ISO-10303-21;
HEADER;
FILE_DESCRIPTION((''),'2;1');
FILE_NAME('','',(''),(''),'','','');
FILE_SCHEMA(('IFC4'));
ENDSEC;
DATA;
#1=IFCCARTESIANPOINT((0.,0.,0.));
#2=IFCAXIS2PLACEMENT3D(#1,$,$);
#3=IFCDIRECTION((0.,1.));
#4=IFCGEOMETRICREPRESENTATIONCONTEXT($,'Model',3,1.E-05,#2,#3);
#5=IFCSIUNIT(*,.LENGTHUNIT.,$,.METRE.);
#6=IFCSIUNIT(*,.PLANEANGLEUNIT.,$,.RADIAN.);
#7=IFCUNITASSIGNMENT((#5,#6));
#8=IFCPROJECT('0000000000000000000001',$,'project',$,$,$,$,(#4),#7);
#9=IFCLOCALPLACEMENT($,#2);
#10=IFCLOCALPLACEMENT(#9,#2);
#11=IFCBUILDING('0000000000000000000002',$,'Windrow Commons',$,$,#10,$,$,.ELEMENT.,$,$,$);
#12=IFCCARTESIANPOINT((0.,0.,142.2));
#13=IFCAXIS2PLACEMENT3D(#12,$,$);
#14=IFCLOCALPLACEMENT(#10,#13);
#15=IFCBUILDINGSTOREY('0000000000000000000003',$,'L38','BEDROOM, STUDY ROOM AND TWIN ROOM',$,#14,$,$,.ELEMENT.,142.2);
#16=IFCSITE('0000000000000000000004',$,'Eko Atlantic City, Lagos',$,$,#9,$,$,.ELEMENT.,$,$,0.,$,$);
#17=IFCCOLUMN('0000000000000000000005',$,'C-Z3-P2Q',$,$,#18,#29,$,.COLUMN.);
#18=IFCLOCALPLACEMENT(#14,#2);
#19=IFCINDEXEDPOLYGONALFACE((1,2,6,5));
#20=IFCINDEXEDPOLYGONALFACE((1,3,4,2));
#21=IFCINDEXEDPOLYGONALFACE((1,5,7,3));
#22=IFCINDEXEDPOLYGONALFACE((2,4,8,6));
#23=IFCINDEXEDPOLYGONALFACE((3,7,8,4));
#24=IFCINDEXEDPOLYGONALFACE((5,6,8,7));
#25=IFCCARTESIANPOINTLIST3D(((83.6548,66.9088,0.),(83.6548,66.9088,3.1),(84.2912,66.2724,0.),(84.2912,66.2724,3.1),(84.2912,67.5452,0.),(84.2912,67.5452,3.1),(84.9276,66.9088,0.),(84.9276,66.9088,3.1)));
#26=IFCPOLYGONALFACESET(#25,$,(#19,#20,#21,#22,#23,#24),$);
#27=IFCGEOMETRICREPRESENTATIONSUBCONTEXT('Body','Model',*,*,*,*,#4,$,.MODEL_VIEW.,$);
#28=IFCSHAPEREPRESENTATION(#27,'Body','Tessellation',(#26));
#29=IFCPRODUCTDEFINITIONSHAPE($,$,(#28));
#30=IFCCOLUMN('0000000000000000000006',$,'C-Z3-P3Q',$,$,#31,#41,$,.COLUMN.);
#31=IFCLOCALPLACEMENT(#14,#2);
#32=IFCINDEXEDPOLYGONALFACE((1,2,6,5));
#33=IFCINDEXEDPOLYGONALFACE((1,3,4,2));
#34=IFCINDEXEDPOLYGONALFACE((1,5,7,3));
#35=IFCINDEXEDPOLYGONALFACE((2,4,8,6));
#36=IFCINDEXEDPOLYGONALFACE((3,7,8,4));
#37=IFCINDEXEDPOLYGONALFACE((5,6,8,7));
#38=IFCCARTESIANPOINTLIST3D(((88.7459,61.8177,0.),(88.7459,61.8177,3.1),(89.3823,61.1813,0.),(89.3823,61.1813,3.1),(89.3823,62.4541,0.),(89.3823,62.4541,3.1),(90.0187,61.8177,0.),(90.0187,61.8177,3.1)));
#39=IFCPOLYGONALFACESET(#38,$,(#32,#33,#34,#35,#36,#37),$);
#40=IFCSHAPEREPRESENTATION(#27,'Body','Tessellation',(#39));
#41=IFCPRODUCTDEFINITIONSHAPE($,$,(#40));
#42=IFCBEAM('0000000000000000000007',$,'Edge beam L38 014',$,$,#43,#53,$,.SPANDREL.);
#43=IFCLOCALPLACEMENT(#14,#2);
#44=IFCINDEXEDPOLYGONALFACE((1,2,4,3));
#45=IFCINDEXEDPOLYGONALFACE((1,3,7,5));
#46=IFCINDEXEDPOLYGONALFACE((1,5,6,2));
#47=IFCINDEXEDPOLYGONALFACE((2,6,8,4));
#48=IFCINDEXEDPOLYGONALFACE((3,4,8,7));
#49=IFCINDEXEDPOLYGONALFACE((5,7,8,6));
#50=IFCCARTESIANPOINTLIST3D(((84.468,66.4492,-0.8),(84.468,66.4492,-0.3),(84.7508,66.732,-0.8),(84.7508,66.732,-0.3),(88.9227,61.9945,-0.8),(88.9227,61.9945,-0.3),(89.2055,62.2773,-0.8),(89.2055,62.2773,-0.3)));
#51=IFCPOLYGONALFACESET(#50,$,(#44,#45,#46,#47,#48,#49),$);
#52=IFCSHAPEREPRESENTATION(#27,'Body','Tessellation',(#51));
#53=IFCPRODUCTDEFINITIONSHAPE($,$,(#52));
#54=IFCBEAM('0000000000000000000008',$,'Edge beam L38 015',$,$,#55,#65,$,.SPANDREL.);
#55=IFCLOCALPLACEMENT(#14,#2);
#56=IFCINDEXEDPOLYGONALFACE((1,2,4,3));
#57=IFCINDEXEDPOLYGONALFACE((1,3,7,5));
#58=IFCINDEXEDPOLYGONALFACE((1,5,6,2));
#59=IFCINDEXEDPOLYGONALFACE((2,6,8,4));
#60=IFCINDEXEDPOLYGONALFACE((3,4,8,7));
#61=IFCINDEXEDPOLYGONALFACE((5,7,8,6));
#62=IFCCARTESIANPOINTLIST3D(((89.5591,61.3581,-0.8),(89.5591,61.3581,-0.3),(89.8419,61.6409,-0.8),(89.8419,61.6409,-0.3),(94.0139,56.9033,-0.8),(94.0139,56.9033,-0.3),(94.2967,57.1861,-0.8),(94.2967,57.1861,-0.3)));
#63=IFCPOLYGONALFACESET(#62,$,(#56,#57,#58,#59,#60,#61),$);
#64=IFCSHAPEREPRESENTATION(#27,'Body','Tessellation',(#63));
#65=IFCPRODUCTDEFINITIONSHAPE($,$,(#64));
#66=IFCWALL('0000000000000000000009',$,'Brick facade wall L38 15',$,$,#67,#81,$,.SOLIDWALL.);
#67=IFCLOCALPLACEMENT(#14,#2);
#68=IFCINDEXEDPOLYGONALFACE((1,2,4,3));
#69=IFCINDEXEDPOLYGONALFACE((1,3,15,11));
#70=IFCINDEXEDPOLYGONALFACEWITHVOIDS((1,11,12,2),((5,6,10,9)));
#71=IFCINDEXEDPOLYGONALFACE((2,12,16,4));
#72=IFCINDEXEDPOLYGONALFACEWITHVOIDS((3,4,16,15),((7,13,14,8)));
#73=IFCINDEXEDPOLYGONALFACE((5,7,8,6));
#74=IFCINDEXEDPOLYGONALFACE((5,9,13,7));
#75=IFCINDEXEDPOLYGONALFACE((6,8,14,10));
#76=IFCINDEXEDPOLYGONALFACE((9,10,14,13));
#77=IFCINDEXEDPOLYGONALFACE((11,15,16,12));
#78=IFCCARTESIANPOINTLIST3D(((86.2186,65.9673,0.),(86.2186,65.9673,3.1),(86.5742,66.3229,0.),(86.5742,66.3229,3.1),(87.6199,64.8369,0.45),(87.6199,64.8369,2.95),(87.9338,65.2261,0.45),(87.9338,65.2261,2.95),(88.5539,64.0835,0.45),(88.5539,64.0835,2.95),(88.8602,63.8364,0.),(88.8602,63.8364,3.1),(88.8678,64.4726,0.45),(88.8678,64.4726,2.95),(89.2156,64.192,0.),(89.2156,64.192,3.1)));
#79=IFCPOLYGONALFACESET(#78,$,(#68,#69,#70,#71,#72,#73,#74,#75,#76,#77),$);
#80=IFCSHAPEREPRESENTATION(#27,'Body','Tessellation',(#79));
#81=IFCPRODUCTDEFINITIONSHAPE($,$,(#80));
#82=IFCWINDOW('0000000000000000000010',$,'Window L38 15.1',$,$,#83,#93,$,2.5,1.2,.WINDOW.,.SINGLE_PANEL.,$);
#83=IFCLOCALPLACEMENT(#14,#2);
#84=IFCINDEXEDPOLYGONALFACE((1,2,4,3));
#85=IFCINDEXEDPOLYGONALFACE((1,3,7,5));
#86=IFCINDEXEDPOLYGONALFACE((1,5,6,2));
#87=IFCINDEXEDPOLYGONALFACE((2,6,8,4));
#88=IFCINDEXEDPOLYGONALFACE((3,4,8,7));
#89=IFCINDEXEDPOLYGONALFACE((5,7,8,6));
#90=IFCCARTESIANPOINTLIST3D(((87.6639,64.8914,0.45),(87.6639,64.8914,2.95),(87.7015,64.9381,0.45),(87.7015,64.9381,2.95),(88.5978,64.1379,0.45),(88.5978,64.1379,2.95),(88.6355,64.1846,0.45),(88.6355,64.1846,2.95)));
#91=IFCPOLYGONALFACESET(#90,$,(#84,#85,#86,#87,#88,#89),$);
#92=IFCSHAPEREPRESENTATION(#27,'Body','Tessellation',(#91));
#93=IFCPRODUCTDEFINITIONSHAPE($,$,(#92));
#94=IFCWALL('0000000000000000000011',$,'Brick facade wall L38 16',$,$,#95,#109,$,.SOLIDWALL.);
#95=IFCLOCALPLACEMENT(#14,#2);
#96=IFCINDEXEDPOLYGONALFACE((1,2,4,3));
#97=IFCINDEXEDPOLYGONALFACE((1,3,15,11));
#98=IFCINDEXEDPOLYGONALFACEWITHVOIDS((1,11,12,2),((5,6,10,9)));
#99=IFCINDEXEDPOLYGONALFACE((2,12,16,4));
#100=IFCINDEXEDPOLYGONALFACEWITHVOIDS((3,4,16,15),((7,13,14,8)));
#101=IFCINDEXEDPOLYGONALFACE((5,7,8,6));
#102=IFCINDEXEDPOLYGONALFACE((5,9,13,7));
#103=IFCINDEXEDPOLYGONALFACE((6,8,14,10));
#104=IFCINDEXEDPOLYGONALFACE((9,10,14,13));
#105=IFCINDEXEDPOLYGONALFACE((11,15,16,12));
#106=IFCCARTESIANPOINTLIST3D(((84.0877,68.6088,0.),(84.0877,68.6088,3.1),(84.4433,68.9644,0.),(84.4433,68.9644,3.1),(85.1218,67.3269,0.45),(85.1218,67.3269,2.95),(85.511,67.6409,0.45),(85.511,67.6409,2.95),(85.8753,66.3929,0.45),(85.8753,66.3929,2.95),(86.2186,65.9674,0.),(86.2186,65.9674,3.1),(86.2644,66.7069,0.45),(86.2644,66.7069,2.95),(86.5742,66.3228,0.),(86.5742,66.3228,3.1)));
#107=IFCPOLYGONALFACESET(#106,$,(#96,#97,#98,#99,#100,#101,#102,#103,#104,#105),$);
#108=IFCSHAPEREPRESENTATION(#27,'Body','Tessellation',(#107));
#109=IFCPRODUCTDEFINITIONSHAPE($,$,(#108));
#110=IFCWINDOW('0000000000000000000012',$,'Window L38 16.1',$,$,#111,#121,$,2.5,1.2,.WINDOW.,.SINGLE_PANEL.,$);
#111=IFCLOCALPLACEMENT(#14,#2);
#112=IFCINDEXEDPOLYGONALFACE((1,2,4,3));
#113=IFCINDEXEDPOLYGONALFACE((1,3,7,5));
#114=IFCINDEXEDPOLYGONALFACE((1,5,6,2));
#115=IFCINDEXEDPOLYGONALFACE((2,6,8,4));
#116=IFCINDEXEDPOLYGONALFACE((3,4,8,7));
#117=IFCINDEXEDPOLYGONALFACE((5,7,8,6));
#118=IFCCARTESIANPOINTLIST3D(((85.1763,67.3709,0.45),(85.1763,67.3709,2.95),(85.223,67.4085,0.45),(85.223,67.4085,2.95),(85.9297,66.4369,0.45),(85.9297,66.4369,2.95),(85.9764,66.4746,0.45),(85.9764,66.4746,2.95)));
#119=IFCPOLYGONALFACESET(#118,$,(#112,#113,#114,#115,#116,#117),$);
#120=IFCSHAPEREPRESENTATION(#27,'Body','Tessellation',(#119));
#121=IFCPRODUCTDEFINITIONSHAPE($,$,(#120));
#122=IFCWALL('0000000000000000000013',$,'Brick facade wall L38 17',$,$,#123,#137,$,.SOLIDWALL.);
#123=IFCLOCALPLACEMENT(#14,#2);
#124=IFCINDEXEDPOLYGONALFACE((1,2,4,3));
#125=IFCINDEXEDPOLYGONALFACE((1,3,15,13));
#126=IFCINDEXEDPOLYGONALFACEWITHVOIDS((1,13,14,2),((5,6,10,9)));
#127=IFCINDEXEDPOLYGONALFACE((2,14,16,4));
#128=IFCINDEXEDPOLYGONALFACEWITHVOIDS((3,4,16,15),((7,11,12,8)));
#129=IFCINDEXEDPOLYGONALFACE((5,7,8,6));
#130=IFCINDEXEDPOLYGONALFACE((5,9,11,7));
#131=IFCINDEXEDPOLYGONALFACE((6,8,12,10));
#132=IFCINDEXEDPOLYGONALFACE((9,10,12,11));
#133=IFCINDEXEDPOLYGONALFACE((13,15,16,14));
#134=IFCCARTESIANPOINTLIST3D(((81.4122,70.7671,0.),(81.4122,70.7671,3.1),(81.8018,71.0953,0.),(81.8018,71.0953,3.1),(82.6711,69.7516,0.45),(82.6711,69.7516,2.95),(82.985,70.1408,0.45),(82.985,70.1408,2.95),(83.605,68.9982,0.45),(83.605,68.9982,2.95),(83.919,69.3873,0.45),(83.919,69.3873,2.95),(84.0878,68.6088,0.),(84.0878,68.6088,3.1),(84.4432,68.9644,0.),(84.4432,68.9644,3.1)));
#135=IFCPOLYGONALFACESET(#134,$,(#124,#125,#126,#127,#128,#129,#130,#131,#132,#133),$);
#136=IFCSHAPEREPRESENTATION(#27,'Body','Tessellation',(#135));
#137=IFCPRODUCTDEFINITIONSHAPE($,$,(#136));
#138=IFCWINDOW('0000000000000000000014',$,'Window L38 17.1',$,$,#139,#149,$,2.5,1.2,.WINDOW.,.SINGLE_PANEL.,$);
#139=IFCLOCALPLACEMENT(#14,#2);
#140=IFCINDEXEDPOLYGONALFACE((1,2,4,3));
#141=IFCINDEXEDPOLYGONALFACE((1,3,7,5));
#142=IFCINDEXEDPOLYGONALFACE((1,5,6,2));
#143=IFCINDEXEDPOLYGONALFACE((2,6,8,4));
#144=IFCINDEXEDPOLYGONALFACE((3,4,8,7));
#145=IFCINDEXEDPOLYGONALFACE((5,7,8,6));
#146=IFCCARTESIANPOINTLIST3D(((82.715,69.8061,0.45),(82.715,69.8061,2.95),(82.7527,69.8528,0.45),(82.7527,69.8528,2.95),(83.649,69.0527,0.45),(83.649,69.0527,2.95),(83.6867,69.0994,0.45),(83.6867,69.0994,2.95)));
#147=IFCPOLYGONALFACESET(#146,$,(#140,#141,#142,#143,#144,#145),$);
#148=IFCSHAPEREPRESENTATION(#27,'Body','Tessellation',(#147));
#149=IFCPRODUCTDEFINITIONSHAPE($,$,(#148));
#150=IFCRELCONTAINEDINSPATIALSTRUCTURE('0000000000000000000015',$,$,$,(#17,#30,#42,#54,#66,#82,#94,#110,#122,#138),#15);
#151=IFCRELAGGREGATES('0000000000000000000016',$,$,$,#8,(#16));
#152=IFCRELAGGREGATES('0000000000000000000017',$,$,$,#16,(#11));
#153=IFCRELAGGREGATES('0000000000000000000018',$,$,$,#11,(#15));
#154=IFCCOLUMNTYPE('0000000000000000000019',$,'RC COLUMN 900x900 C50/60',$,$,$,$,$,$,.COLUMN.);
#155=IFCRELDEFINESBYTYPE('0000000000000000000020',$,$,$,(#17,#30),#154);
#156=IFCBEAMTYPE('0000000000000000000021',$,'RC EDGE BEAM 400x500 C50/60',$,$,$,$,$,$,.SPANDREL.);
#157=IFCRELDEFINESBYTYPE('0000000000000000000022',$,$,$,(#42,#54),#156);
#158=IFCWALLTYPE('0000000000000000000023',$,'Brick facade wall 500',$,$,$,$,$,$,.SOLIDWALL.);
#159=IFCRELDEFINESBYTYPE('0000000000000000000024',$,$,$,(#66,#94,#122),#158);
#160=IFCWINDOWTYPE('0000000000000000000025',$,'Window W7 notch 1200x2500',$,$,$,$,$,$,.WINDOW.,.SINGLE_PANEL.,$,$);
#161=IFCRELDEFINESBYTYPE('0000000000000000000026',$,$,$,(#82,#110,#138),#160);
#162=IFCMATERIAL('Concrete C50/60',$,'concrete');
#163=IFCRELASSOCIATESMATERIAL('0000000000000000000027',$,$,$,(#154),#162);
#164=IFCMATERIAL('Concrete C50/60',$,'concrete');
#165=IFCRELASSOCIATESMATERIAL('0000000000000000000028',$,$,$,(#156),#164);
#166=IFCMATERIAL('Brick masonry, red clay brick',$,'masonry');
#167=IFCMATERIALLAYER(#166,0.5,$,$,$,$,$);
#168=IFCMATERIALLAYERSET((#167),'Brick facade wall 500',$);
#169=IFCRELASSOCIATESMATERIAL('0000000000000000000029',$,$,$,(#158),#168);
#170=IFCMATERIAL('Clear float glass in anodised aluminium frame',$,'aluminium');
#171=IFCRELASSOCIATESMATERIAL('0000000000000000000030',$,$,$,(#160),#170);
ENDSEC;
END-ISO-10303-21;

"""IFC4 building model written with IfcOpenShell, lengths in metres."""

from ifc_helpers import new_model, si_unit, direction, frame, frame_2d, origin, origin_2d, place, context, subcontext, project, spatial, polyline, rectangle, outline, extrude, material, layer, layer_set, material_profile, profile_set, type_object, element, fill, save


model = new_model("IFC4")

# Units and contexts
model_context = context("Model", 3, precision=1e-05, world=origin(), true_north=direction((0.0, 1.0)))
body_context = subcontext(model_context, "Body", "Model", "MODEL_VIEW")
ifc_project = project(units=[si_unit("LENGTHUNIT", "METRE"), si_unit("PLANEANGLEUNIT", "RADIAN")], contexts=[model_context])

# Site, building, storey
site_placement = place(None, origin())
site = spatial("IfcSite", under=ifc_project, at=site_placement, Name="Eko Atlantic City, Lagos", CompositionType="ELEMENT", RefElevation=0.0)
building_placement = place(site_placement, origin())
building = spatial("IfcBuilding", under=site, at=building_placement, Name="Windrow Commons", CompositionType="ELEMENT")
storey_placement = place(building_placement, frame((0.0, 0.0, 142.2)))
storey = spatial("IfcBuildingStorey", under=building, at=storey_placement, Name="L38", Description="BEDROOM, STUDY ROOM AND TWIN ROOM", CompositionType="ELEMENT", Elevation=142.2)

# Columns
ifc_material_1 = material(Name="Concrete C50/60", Category="concrete")
ifc_material_profile_1 = material_profile(ifc_material_1, rectangle(XDim=0.9, YDim=0.9, at=origin_2d()))
ifc_profile_set_1 = profile_set([ifc_material_profile_1], Name="Concrete C50/60")
column_type = type_object("IfcColumnType", Name="RC COLUMN 900x900 C50/60", PredefinedType="COLUMN", material=ifc_profile_set_1)
for number, where, z_axis, x_axis, name in (
    (1, (84.2912, 66.9088, 0.0), (0.0, 0.0, 1.0), (0.707107, -0.707107, 0.0), "C-Z3-P2Q"),
    (2, (89.3823, 61.8177, 0.0), (0.0, 0.0, 1.0), (0.707107, -0.707107, 0.0), "C-Z3-P3Q"),
):
    element("IfcColumn", number, at=place(storey_placement, frame(where, z_axis=z_axis, x_axis=x_axis)), inside=storey, type_object=column_type, Name=name, PredefinedType="COLUMN", context=body_context, shape_type="SweptSolid", body=[
        extrude(rectangle(XDim=0.9, YDim=0.9, at=origin_2d()), origin(), (0.0, 0.0, 1.0), 3.1),
    ])

# Beams
ifc_material_2 = material(Name="Concrete C50/60", Category="concrete")
ifc_material_profile_2 = material_profile(ifc_material_2, rectangle(XDim=0.4, YDim=0.5, at=origin_2d()))
ifc_profile_set_2 = profile_set([ifc_material_profile_2], Name="Concrete C50/60")
beam_type = type_object("IfcBeamType", Name="RC EDGE BEAM 400x500 C50/60", PredefinedType="SPANDREL", material=ifc_profile_set_2)
beam_1_placement = place(storey_placement, frame((84.6094, 66.5906, -0.55), z_axis=(0.707107, -0.707107, 0.0), x_axis=(0.707107, 0.707107, 0.0)))
element("IfcBeam", 3, at=beam_1_placement, inside=storey, type_object=beam_type, Name="Edge beam L38 014", PredefinedType="SPANDREL", context=body_context, shape_type="SweptSolid", body=[
    extrude(rectangle(XDim=0.4, YDim=0.5, at=origin_2d()), origin(), (0.0, 0.0, 1.0), 6.2999),
])
beam_2_placement = place(storey_placement, frame((89.7005, 61.4995, -0.55), z_axis=(0.707107, -0.707107, 0.0), x_axis=(0.707107, 0.707107, 0.0)))
element("IfcBeam", 4, at=beam_2_placement, inside=storey, type_object=beam_type, Name="Edge beam L38 015", PredefinedType="SPANDREL", context=body_context, shape_type="SweptSolid", body=[
    extrude(rectangle(XDim=0.4, YDim=0.5, at=origin_2d()), origin(), (0.0, 0.0, 1.0), 6.3),
])

# Walls, openings, windows
ifc_material_3 = material(Name="Brick masonry, red clay brick", Category="masonry")
ifc_layer_1 = layer(ifc_material_3, 0.5)
ifc_layer_set_1 = layer_set([ifc_layer_1], Name="Brick facade wall 500")
wall_type_1 = type_object("IfcWallType", Name="Brick facade wall 500", PredefinedType="SOLIDWALL", material=ifc_layer_set_1)
wall_1_placement = place(storey_placement, frame((89.0379, 64.0142, 0.0), z_axis=(0.0, 0.0, 1.0), x_axis=(-0.778318, 0.62787, 0.0)))
wall_1 = element("IfcWall", 5, at=wall_1_placement, inside=storey, type_object=wall_type_1, Name="Brick facade wall L38 15", PredefinedType="SOLIDWALL", context=body_context, shape_type="SweptSolid", body=[
    extrude(outline(polyline([(-0.0267, -0.25), (3.3671, -0.25), (3.4206, 0.25), (0.0267, 0.25), (-0.0267, -0.25)])), origin(), (0.0, 0.0, 1.0), 3.1),
])
opening_1_placement = place(wall_1_placement, frame((0.4202, 0.0, 0.45)))
opening_1 = element("IfcOpeningElement", 6, at=opening_1_placement, cuts=wall_1, PredefinedType="OPENING", context=body_context, shape_type="SweptSolid", body=[
    extrude(rectangle(XDim=1.2, YDim=2.5, at=frame_2d((0.6, 1.25))), frame((0.0, 0.26, 0.0), z_axis=(0.0, -1.0, 0.0), x_axis=(1.0, 0.0, 0.0)), (0.0, 0.0, 1.0), 0.52),
])
ifc_material_4 = material(Name="Clear float glass in anodised aluminium frame", Category="aluminium")
window_type = type_object("IfcWindowType", Name="Window W7 notch 1200x2500", PartitioningType="SINGLE_PANEL", PredefinedType="WINDOW", material=ifc_material_4)
window_1_placement = place(opening_1_placement, origin())
window_1 = element("IfcWindow", 7, at=window_1_placement, inside=storey, type_object=window_type, Name="Window L38 15.1", OverallHeight=2.5, OverallWidth=1.2, PartitioningType="SINGLE_PANEL", PredefinedType="WINDOW", context=body_context, shape_type="SweptSolid", body=[
    extrude(rectangle(XDim=1.2, YDim=2.5, at=frame_2d((0.6, 1.25))), frame((0.0, 0.18, 0.0), z_axis=(0.0, -1.0, 0.0), x_axis=(1.0, 0.0, 0.0)), (0.0, 0.0, 1.0), 0.06),
])
fill(opening_1, window_1)
wall_2_placement = place(storey_placement, frame((86.3964, 66.1451, 0.0), z_axis=(0.0, 0.0, 1.0), x_axis=(-0.62787, 0.778318, 0.0)))
wall_2 = element("IfcWall", 8, at=wall_2_placement, inside=storey, type_object=wall_type_1, Name="Brick facade wall L38 16", PredefinedType="SOLIDWALL", context=body_context, shape_type="SweptSolid", body=[
    extrude(outline(polyline([(0.0267, -0.25), (3.4206, -0.25), (3.3671, 0.25), (-0.0267, 0.25), (0.0267, -0.25)])), origin(), (0.0, 0.0, 1.0), 3.1),
])
opening_2_placement = place(wall_2_placement, frame((0.5201, 0.0, 0.45)))
opening_2 = element("IfcOpeningElement", 9, at=opening_2_placement, cuts=wall_2, PredefinedType="OPENING", context=body_context, shape_type="SweptSolid", body=[
    extrude(rectangle(XDim=1.2, YDim=2.5, at=frame_2d((0.6, 1.25))), frame((0.0, 0.26, 0.0), z_axis=(0.0, -1.0, 0.0), x_axis=(1.0, 0.0, 0.0)), (0.0, 0.0, 1.0), 0.52),
])
window_2_placement = place(opening_2_placement, origin())
window_2 = element("IfcWindow", 10, at=window_2_placement, inside=storey, type_object=window_type, Name="Window L38 16.1", OverallHeight=2.5, OverallWidth=1.2, PartitioningType="SINGLE_PANEL", PredefinedType="WINDOW", context=body_context, shape_type="SweptSolid", body=[
    extrude(rectangle(XDim=1.2, YDim=2.5, at=frame_2d((0.6, 1.25))), frame((0.0, 0.18, 0.0), z_axis=(0.0, -1.0, 0.0), x_axis=(1.0, 0.0, 0.0)), (0.0, 0.0, 1.0), 0.06),
])
fill(opening_2, window_2)
wall_3_placement = place(storey_placement, frame((84.2655, 68.7866, 0.0), z_axis=(0.0, 0.0, 1.0), x_axis=(-0.77832, 0.627867, 0.0)))
wall_3 = element("IfcWall", 11, at=wall_3_placement, inside=storey, type_object=wall_type_1, Name="Brick facade wall L38 17", PredefinedType="SOLIDWALL", context=body_context, shape_type="SweptSolid", body=[
    extrude(outline(polyline([(-0.0267, -0.25), (3.3671, -0.25), (3.4643, 0.25), (0.0267, 0.25), (-0.0267, -0.25)])), origin(), (0.0, 0.0, 1.0), 3.1),
])
opening_3_placement = place(wall_3_placement, frame((0.6469, 0.0, 0.45)))
opening_3 = element("IfcOpeningElement", 12, at=opening_3_placement, cuts=wall_3, PredefinedType="OPENING", context=body_context, shape_type="SweptSolid", body=[
    extrude(rectangle(XDim=1.2, YDim=2.5, at=frame_2d((0.6, 1.25))), frame((0.0, 0.26, 0.0), z_axis=(0.0, -1.0, 0.0), x_axis=(1.0, 0.0, 0.0)), (0.0, 0.0, 1.0), 0.52),
])
window_3_placement = place(opening_3_placement, origin())
window_3 = element("IfcWindow", 13, at=window_3_placement, inside=storey, type_object=window_type, Name="Window L38 17.1", OverallHeight=2.5, OverallWidth=1.2, PartitioningType="SINGLE_PANEL", PredefinedType="WINDOW", context=body_context, shape_type="SweptSolid", body=[
    extrude(rectangle(XDim=1.2, YDim=2.5, at=frame_2d((0.6, 1.25))), frame((0.0, 0.18, 0.0), z_axis=(0.0, -1.0, 0.0), x_axis=(1.0, 0.0, 0.0)), (0.0, 0.0, 1.0), 0.06),
])
fill(opening_3, window_3)

save(model, "model.ifc")
